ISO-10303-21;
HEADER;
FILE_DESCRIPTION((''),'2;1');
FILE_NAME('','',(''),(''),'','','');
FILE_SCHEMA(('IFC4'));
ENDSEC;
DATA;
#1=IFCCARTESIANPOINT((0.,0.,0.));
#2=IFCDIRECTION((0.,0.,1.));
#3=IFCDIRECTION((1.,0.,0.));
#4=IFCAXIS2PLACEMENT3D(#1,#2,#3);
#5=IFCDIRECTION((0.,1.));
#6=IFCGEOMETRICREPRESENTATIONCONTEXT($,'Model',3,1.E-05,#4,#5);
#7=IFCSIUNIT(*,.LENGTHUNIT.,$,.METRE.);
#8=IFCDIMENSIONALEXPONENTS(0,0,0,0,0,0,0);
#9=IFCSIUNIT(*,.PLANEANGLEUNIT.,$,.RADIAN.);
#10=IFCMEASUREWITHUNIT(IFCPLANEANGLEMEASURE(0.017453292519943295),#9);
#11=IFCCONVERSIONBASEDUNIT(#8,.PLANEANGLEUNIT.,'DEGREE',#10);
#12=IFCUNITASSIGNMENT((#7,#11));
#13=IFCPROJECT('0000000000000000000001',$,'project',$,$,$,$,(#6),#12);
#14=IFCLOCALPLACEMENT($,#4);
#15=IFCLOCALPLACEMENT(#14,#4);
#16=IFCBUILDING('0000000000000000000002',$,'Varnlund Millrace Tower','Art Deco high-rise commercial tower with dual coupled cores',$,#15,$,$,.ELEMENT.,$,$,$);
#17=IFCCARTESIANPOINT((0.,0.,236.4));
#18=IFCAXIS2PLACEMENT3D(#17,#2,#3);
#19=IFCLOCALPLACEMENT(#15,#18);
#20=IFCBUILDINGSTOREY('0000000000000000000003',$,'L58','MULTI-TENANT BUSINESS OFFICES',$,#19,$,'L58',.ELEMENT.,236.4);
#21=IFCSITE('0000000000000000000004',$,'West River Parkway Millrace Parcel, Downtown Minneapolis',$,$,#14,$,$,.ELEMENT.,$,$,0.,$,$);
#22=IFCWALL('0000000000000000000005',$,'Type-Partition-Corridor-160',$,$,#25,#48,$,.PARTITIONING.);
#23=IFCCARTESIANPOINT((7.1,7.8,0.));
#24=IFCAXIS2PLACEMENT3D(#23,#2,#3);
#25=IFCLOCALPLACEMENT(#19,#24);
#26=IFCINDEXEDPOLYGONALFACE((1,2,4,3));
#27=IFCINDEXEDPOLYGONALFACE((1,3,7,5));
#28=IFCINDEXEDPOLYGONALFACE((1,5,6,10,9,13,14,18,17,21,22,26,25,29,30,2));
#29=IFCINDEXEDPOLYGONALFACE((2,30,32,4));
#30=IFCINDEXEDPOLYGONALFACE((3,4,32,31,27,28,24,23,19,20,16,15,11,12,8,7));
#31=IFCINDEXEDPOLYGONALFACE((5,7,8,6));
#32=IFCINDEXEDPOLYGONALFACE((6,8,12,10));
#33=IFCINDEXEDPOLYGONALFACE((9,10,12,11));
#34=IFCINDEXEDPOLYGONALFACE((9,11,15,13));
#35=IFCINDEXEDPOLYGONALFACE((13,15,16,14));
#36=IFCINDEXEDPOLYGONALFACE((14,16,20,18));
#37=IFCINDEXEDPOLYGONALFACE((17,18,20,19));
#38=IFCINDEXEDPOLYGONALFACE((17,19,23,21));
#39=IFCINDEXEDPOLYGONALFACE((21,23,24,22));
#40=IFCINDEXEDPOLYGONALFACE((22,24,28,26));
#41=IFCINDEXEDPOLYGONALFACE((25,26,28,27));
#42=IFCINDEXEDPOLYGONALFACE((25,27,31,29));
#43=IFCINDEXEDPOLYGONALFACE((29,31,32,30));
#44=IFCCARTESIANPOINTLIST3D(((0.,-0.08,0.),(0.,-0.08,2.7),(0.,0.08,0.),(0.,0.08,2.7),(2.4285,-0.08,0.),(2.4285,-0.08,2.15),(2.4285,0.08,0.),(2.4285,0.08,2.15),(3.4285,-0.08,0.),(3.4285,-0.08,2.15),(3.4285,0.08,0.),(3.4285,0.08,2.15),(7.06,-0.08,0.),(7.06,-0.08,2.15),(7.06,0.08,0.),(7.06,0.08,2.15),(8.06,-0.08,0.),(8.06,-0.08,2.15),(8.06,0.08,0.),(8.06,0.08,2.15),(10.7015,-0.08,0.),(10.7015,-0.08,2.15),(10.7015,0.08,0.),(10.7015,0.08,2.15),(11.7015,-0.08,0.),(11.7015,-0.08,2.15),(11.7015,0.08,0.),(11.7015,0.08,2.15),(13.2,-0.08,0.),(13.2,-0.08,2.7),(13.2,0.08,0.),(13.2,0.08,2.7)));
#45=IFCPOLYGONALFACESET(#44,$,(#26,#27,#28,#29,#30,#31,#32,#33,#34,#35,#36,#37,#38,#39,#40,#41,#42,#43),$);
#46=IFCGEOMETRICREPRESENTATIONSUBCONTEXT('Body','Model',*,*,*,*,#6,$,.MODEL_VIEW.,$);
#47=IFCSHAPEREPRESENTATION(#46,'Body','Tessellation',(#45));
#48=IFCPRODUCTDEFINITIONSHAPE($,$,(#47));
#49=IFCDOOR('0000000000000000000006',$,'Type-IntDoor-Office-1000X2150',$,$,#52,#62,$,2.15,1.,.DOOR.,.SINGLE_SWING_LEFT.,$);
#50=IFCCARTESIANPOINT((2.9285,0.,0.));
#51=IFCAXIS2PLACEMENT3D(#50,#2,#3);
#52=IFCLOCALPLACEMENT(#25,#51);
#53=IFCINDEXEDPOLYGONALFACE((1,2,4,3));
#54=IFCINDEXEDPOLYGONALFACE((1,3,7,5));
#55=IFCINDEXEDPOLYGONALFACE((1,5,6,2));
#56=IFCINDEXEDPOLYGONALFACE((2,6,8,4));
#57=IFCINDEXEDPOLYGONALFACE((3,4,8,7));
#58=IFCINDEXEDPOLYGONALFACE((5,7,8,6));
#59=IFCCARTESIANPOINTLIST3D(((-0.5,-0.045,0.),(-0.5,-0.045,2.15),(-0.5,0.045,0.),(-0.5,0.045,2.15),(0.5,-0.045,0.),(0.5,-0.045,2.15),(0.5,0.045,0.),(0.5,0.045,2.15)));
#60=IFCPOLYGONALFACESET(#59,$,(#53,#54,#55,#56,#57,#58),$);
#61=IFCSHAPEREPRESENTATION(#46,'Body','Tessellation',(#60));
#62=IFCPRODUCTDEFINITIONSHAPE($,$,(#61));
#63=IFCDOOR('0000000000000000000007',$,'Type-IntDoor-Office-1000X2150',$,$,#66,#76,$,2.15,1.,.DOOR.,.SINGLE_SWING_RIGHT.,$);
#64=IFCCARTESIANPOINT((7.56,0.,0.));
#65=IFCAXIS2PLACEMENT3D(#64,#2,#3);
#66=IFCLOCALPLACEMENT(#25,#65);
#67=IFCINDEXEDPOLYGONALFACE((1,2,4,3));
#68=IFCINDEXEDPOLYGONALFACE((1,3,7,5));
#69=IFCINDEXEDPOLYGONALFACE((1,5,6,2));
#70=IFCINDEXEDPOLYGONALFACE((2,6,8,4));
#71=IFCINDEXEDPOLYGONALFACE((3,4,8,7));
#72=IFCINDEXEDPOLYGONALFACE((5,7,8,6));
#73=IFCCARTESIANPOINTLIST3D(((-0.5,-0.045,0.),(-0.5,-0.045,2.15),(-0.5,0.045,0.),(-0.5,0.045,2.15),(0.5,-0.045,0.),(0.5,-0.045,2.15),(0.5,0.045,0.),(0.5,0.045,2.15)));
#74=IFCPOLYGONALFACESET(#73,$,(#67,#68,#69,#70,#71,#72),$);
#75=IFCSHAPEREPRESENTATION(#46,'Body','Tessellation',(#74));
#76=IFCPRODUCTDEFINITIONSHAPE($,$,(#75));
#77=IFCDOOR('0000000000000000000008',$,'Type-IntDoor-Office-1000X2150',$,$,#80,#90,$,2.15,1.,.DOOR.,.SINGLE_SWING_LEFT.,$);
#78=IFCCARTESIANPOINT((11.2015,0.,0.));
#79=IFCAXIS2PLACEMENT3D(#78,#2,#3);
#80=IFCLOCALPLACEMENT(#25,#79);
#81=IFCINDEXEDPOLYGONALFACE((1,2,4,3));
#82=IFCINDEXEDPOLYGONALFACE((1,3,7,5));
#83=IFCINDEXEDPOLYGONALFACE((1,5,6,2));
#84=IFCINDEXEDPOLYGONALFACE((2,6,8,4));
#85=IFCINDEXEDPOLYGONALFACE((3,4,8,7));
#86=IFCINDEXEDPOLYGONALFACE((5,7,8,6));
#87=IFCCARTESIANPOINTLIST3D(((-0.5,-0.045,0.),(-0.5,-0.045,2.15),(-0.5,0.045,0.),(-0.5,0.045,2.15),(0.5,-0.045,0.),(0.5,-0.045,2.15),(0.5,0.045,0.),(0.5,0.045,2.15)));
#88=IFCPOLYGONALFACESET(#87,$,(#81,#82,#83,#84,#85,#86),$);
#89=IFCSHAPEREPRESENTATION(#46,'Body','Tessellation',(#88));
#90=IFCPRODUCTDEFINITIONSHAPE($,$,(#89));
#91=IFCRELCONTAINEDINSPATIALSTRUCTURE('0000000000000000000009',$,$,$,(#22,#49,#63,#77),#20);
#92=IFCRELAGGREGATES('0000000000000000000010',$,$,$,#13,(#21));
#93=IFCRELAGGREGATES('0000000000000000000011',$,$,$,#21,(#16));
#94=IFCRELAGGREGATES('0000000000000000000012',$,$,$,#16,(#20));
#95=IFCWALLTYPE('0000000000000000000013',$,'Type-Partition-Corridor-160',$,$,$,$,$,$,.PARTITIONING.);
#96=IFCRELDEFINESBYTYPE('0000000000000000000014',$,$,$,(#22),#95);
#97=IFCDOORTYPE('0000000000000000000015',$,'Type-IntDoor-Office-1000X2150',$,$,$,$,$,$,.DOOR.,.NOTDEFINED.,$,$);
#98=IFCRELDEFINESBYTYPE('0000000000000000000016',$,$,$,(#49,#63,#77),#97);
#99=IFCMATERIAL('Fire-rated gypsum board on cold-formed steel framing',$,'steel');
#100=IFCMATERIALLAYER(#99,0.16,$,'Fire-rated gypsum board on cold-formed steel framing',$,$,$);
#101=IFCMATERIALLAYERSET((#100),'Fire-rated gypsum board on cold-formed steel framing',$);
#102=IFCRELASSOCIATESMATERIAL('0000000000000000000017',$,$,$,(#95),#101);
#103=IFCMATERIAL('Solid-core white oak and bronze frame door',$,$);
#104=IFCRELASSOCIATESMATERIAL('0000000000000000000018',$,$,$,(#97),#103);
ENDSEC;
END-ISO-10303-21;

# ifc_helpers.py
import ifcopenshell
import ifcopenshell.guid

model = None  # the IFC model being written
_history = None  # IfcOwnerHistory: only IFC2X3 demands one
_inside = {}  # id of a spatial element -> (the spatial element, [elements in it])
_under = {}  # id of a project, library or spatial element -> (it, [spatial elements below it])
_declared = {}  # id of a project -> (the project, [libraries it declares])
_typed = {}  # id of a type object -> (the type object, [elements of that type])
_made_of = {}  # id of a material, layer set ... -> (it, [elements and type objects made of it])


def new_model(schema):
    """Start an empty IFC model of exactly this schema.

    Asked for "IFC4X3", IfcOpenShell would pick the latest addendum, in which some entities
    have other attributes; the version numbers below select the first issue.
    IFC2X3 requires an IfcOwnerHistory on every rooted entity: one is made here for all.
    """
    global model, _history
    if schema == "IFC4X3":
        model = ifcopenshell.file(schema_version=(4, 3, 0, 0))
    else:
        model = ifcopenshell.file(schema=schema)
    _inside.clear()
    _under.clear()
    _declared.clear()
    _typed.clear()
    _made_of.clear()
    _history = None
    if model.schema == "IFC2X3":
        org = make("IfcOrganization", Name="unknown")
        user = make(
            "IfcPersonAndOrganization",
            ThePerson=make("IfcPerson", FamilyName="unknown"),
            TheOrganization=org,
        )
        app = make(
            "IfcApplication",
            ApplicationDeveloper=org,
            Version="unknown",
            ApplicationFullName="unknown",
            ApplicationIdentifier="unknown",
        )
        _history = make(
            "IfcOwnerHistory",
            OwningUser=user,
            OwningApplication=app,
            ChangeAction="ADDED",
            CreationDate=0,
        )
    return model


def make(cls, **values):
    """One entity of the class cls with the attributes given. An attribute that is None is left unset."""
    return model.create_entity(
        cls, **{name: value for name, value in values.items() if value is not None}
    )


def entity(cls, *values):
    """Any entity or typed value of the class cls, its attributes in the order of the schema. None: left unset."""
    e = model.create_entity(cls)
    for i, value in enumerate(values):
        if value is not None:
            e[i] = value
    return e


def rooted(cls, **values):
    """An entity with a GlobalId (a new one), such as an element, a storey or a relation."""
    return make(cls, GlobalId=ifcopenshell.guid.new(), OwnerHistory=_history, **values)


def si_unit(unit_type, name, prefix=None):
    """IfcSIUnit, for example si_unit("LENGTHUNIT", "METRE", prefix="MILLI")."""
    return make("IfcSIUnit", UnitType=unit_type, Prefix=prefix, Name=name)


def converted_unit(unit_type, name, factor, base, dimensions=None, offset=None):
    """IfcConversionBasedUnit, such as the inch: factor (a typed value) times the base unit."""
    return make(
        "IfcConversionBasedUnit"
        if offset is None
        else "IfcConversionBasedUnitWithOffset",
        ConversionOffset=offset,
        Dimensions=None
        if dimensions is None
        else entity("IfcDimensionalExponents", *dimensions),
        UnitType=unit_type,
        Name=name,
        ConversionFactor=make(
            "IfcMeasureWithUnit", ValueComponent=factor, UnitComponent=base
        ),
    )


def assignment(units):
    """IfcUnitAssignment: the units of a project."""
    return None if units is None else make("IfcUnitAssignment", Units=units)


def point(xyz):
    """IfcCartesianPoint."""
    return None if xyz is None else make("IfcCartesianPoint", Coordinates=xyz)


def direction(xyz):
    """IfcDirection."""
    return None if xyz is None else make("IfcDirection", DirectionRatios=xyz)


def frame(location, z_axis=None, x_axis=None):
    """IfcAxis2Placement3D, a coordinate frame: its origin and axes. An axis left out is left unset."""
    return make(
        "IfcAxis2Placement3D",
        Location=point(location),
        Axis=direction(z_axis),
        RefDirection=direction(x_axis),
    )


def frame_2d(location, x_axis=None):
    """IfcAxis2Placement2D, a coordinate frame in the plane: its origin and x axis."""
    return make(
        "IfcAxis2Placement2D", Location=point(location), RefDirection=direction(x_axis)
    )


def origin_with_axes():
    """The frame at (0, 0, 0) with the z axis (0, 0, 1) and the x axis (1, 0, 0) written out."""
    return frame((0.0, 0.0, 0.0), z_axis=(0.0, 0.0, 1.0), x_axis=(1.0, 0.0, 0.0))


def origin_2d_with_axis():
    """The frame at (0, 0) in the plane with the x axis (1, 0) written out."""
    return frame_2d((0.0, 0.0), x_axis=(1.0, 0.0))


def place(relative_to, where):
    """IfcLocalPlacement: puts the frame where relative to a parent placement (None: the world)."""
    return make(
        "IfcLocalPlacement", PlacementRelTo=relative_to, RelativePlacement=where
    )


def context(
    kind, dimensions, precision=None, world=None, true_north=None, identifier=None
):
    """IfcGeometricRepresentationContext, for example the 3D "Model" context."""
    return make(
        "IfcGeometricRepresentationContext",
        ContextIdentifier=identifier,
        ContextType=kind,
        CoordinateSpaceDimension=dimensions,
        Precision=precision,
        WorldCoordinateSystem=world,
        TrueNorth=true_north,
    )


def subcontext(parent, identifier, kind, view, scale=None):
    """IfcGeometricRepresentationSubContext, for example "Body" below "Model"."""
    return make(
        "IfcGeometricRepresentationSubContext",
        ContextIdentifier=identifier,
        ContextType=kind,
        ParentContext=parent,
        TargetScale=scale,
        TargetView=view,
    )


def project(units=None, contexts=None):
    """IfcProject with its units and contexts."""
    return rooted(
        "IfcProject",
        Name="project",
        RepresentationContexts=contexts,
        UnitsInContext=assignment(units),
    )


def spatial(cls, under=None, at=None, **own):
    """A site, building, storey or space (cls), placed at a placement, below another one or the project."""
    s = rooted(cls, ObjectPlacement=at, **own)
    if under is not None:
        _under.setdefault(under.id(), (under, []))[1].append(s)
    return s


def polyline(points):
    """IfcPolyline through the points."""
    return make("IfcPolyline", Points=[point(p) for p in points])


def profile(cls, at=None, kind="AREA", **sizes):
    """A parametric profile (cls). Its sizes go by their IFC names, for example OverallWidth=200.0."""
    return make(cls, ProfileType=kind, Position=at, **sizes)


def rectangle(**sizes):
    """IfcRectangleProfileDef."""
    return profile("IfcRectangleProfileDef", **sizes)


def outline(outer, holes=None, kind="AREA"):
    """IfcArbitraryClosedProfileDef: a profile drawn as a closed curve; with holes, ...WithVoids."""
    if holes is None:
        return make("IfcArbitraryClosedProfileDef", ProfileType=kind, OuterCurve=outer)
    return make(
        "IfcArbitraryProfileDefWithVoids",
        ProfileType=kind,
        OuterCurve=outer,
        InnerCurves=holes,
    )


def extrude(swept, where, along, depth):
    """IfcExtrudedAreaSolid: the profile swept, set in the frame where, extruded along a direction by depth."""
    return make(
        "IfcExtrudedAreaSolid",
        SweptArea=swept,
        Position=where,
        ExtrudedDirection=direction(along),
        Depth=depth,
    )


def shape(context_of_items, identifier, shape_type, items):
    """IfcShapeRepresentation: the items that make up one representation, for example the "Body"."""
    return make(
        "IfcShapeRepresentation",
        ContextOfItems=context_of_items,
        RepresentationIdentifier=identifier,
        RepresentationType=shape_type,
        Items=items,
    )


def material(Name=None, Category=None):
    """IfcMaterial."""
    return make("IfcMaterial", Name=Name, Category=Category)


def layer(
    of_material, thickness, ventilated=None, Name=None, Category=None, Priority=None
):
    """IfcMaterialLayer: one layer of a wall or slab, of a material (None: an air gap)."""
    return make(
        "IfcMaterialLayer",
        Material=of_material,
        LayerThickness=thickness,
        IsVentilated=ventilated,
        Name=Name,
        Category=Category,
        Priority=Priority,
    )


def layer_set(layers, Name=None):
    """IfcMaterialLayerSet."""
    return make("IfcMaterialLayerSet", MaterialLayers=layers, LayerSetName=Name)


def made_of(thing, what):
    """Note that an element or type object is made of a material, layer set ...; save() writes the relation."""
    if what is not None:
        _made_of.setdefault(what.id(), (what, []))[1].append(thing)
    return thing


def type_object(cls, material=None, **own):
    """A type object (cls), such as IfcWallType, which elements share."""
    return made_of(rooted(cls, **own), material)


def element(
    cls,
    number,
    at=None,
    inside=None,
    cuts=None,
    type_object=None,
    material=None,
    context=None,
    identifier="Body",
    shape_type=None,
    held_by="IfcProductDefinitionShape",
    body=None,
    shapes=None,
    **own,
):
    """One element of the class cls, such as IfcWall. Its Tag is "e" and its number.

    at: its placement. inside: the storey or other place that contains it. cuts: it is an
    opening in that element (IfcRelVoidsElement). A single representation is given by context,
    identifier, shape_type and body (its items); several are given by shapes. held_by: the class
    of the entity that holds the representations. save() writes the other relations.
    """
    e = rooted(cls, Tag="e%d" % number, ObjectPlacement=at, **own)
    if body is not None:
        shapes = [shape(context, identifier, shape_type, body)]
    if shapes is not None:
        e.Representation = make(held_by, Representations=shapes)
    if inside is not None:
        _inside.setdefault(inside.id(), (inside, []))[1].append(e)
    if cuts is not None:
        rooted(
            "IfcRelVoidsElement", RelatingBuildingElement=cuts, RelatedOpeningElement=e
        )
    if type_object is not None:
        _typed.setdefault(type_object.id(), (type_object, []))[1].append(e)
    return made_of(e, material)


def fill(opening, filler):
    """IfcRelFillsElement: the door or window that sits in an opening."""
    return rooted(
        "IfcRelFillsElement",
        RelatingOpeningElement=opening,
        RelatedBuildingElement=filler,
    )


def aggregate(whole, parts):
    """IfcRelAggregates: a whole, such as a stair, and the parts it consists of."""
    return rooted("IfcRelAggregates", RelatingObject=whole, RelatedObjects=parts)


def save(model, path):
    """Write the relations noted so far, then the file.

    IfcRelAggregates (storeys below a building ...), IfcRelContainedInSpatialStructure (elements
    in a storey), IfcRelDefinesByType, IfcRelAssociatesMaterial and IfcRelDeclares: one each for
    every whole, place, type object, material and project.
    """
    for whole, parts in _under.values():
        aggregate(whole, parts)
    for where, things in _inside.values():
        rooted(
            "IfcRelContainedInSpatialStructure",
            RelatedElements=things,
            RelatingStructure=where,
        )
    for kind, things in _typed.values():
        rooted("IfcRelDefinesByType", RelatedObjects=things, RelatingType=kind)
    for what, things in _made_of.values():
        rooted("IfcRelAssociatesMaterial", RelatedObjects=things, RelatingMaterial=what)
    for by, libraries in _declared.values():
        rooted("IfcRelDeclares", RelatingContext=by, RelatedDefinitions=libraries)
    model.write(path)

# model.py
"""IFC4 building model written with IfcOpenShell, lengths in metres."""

from ifc_helpers import new_model, entity, si_unit, converted_unit, direction, frame, origin_with_axes, origin_2d_with_axis, place, context, subcontext, project, spatial, polyline, rectangle, outline, extrude, material, layer, layer_set, type_object, element, fill, save


model = new_model("IFC4")

# Units and contexts
model_context = context("Model", 3, precision=1e-05, world=origin_with_axes(), true_north=direction((0.0, 1.0)))
body_context = subcontext(model_context, "Body", "Model", "MODEL_VIEW")
ifc_project = project(units=[si_unit("LENGTHUNIT", "METRE"), converted_unit("PLANEANGLEUNIT", "DEGREE", entity("IfcPlaneAngleMeasure", 0.017453292519943295), si_unit("PLANEANGLEUNIT", "RADIAN"), dimensions=[0, 0, 0, 0, 0, 0, 0])], contexts=[model_context])

# Site, building, storey
site_placement = place(None, origin_with_axes())
site = spatial("IfcSite", under=ifc_project, at=site_placement, Name="West River Parkway Millrace Parcel, Downtown Minneapolis", CompositionType="ELEMENT", RefElevation=0.0)
building_placement = place(site_placement, origin_with_axes())
building = spatial("IfcBuilding", under=site, at=building_placement, Name="Varnlund Millrace Tower", Description="Art Deco high-rise commercial tower with dual coupled cores", CompositionType="ELEMENT")
storey_placement = place(building_placement, frame((0.0, 0.0, 236.4), z_axis=(0.0, 0.0, 1.0), x_axis=(1.0, 0.0, 0.0)))
storey = spatial("IfcBuildingStorey", under=building, at=storey_placement, Name="L58", Description="MULTI-TENANT BUSINESS OFFICES", LongName="L58", CompositionType="ELEMENT", Elevation=236.4)

# Wall, openings, doors
ifc_material_1 = material(Name="Fire-rated gypsum board on cold-formed steel framing", Category="steel")
ifc_layer_1 = layer(ifc_material_1, 0.16, Name="Fire-rated gypsum board on cold-formed steel framing")
ifc_layer_set_1 = layer_set([ifc_layer_1], Name="Fire-rated gypsum board on cold-formed steel framing")
wall_type_1 = type_object("IfcWallType", Name="Type-Partition-Corridor-160", PredefinedType="PARTITIONING", material=ifc_layer_set_1)
wall_1_placement = place(storey_placement, frame((7.1, 7.8, 0.0), z_axis=(0.0, 0.0, 1.0), x_axis=(1.0, 0.0, 0.0)))
wall_1 = element("IfcWall", 1, at=wall_1_placement, inside=storey, type_object=wall_type_1, Name="Type-Partition-Corridor-160", PredefinedType="PARTITIONING", context=body_context, shape_type="SweptSolid", body=[
    extrude(outline(polyline([(0.0, -0.08), (13.2, -0.08), (13.2, 0.08), (0.0, 0.08), (0.0, -0.08)])), origin_with_axes(), (0.0, 0.0, 1.0), 2.7),
])
opening_1_placement = place(wall_1_placement, frame((2.9285, 0.0, 0.0), z_axis=(0.0, 0.0, 1.0), x_axis=(1.0, 0.0, 0.0)))
opening_1 = element("IfcOpeningElement", 2, at=opening_1_placement, cuts=wall_1, PredefinedType="OPENING", context=body_context, shape_type="SweptSolid", body=[
    extrude(rectangle(XDim=1.0, YDim=0.18, at=origin_2d_with_axis()), origin_with_axes(), (0.0, 0.0, 1.0), 2.15),
])
opening_2_placement = place(wall_1_placement, frame((7.56, 0.0, 0.0), z_axis=(0.0, 0.0, 1.0), x_axis=(1.0, 0.0, 0.0)))
opening_2 = element("IfcOpeningElement", 3, at=opening_2_placement, cuts=wall_1, PredefinedType="OPENING", context=body_context, shape_type="SweptSolid", body=[
    extrude(rectangle(XDim=1.0, YDim=0.18, at=origin_2d_with_axis()), origin_with_axes(), (0.0, 0.0, 1.0), 2.15),
])
opening_3_placement = place(wall_1_placement, frame((11.2015, 0.0, 0.0), z_axis=(0.0, 0.0, 1.0), x_axis=(1.0, 0.0, 0.0)))
opening_3 = element("IfcOpeningElement", 4, at=opening_3_placement, cuts=wall_1, PredefinedType="OPENING", context=body_context, shape_type="SweptSolid", body=[
    extrude(rectangle(XDim=1.0, YDim=0.18, at=origin_2d_with_axis()), origin_with_axes(), (0.0, 0.0, 1.0), 2.15),
])
ifc_material_2 = material(Name="Solid-core white oak and bronze frame door")
door_type_1 = type_object("IfcDoorType", Name="Type-IntDoor-Office-1000X2150", OperationType="NOTDEFINED", PredefinedType="DOOR", material=ifc_material_2)
door_1_placement = place(wall_1_placement, frame((2.9285, 0.0, 0.0), z_axis=(0.0, 0.0, 1.0), x_axis=(1.0, 0.0, 0.0)))
door_1 = element("IfcDoor", 5, at=door_1_placement, inside=storey, type_object=door_type_1, Name="Type-IntDoor-Office-1000X2150", OperationType="SINGLE_SWING_LEFT", OverallHeight=2.15, OverallWidth=1.0, PredefinedType="DOOR", context=body_context, shape_type="SweptSolid", body=[
    extrude(rectangle(XDim=1.0, YDim=0.09, at=origin_2d_with_axis()), origin_with_axes(), (0.0, 0.0, 1.0), 2.15),
])
fill(opening_1, door_1)
door_2_placement = place(wall_1_placement, frame((7.56, 0.0, 0.0), z_axis=(0.0, 0.0, 1.0), x_axis=(1.0, 0.0, 0.0)))
door_2 = element("IfcDoor", 6, at=door_2_placement, inside=storey, type_object=door_type_1, Name="Type-IntDoor-Office-1000X2150", OperationType="SINGLE_SWING_RIGHT", OverallHeight=2.15, OverallWidth=1.0, PredefinedType="DOOR", context=body_context, shape_type="SweptSolid", body=[
    extrude(rectangle(XDim=1.0, YDim=0.09, at=origin_2d_with_axis()), origin_with_axes(), (0.0, 0.0, 1.0), 2.15),
])
fill(opening_2, door_2)
door_3_placement = place(wall_1_placement, frame((11.2015, 0.0, 0.0), z_axis=(0.0, 0.0, 1.0), x_axis=(1.0, 0.0, 0.0)))
door_3 = element("IfcDoor", 7, at=door_3_placement, inside=storey, type_object=door_type_1, Name="Type-IntDoor-Office-1000X2150", OperationType="SINGLE_SWING_LEFT", OverallHeight=2.15, OverallWidth=1.0, PredefinedType="DOOR", context=body_context, shape_type="SweptSolid", body=[
    extrude(rectangle(XDim=1.0, YDim=0.09, at=origin_2d_with_axis()), origin_with_axes(), (0.0, 0.0, 1.0), 2.15),
])
fill(opening_3, door_3)

save(model, "model.ifc")
